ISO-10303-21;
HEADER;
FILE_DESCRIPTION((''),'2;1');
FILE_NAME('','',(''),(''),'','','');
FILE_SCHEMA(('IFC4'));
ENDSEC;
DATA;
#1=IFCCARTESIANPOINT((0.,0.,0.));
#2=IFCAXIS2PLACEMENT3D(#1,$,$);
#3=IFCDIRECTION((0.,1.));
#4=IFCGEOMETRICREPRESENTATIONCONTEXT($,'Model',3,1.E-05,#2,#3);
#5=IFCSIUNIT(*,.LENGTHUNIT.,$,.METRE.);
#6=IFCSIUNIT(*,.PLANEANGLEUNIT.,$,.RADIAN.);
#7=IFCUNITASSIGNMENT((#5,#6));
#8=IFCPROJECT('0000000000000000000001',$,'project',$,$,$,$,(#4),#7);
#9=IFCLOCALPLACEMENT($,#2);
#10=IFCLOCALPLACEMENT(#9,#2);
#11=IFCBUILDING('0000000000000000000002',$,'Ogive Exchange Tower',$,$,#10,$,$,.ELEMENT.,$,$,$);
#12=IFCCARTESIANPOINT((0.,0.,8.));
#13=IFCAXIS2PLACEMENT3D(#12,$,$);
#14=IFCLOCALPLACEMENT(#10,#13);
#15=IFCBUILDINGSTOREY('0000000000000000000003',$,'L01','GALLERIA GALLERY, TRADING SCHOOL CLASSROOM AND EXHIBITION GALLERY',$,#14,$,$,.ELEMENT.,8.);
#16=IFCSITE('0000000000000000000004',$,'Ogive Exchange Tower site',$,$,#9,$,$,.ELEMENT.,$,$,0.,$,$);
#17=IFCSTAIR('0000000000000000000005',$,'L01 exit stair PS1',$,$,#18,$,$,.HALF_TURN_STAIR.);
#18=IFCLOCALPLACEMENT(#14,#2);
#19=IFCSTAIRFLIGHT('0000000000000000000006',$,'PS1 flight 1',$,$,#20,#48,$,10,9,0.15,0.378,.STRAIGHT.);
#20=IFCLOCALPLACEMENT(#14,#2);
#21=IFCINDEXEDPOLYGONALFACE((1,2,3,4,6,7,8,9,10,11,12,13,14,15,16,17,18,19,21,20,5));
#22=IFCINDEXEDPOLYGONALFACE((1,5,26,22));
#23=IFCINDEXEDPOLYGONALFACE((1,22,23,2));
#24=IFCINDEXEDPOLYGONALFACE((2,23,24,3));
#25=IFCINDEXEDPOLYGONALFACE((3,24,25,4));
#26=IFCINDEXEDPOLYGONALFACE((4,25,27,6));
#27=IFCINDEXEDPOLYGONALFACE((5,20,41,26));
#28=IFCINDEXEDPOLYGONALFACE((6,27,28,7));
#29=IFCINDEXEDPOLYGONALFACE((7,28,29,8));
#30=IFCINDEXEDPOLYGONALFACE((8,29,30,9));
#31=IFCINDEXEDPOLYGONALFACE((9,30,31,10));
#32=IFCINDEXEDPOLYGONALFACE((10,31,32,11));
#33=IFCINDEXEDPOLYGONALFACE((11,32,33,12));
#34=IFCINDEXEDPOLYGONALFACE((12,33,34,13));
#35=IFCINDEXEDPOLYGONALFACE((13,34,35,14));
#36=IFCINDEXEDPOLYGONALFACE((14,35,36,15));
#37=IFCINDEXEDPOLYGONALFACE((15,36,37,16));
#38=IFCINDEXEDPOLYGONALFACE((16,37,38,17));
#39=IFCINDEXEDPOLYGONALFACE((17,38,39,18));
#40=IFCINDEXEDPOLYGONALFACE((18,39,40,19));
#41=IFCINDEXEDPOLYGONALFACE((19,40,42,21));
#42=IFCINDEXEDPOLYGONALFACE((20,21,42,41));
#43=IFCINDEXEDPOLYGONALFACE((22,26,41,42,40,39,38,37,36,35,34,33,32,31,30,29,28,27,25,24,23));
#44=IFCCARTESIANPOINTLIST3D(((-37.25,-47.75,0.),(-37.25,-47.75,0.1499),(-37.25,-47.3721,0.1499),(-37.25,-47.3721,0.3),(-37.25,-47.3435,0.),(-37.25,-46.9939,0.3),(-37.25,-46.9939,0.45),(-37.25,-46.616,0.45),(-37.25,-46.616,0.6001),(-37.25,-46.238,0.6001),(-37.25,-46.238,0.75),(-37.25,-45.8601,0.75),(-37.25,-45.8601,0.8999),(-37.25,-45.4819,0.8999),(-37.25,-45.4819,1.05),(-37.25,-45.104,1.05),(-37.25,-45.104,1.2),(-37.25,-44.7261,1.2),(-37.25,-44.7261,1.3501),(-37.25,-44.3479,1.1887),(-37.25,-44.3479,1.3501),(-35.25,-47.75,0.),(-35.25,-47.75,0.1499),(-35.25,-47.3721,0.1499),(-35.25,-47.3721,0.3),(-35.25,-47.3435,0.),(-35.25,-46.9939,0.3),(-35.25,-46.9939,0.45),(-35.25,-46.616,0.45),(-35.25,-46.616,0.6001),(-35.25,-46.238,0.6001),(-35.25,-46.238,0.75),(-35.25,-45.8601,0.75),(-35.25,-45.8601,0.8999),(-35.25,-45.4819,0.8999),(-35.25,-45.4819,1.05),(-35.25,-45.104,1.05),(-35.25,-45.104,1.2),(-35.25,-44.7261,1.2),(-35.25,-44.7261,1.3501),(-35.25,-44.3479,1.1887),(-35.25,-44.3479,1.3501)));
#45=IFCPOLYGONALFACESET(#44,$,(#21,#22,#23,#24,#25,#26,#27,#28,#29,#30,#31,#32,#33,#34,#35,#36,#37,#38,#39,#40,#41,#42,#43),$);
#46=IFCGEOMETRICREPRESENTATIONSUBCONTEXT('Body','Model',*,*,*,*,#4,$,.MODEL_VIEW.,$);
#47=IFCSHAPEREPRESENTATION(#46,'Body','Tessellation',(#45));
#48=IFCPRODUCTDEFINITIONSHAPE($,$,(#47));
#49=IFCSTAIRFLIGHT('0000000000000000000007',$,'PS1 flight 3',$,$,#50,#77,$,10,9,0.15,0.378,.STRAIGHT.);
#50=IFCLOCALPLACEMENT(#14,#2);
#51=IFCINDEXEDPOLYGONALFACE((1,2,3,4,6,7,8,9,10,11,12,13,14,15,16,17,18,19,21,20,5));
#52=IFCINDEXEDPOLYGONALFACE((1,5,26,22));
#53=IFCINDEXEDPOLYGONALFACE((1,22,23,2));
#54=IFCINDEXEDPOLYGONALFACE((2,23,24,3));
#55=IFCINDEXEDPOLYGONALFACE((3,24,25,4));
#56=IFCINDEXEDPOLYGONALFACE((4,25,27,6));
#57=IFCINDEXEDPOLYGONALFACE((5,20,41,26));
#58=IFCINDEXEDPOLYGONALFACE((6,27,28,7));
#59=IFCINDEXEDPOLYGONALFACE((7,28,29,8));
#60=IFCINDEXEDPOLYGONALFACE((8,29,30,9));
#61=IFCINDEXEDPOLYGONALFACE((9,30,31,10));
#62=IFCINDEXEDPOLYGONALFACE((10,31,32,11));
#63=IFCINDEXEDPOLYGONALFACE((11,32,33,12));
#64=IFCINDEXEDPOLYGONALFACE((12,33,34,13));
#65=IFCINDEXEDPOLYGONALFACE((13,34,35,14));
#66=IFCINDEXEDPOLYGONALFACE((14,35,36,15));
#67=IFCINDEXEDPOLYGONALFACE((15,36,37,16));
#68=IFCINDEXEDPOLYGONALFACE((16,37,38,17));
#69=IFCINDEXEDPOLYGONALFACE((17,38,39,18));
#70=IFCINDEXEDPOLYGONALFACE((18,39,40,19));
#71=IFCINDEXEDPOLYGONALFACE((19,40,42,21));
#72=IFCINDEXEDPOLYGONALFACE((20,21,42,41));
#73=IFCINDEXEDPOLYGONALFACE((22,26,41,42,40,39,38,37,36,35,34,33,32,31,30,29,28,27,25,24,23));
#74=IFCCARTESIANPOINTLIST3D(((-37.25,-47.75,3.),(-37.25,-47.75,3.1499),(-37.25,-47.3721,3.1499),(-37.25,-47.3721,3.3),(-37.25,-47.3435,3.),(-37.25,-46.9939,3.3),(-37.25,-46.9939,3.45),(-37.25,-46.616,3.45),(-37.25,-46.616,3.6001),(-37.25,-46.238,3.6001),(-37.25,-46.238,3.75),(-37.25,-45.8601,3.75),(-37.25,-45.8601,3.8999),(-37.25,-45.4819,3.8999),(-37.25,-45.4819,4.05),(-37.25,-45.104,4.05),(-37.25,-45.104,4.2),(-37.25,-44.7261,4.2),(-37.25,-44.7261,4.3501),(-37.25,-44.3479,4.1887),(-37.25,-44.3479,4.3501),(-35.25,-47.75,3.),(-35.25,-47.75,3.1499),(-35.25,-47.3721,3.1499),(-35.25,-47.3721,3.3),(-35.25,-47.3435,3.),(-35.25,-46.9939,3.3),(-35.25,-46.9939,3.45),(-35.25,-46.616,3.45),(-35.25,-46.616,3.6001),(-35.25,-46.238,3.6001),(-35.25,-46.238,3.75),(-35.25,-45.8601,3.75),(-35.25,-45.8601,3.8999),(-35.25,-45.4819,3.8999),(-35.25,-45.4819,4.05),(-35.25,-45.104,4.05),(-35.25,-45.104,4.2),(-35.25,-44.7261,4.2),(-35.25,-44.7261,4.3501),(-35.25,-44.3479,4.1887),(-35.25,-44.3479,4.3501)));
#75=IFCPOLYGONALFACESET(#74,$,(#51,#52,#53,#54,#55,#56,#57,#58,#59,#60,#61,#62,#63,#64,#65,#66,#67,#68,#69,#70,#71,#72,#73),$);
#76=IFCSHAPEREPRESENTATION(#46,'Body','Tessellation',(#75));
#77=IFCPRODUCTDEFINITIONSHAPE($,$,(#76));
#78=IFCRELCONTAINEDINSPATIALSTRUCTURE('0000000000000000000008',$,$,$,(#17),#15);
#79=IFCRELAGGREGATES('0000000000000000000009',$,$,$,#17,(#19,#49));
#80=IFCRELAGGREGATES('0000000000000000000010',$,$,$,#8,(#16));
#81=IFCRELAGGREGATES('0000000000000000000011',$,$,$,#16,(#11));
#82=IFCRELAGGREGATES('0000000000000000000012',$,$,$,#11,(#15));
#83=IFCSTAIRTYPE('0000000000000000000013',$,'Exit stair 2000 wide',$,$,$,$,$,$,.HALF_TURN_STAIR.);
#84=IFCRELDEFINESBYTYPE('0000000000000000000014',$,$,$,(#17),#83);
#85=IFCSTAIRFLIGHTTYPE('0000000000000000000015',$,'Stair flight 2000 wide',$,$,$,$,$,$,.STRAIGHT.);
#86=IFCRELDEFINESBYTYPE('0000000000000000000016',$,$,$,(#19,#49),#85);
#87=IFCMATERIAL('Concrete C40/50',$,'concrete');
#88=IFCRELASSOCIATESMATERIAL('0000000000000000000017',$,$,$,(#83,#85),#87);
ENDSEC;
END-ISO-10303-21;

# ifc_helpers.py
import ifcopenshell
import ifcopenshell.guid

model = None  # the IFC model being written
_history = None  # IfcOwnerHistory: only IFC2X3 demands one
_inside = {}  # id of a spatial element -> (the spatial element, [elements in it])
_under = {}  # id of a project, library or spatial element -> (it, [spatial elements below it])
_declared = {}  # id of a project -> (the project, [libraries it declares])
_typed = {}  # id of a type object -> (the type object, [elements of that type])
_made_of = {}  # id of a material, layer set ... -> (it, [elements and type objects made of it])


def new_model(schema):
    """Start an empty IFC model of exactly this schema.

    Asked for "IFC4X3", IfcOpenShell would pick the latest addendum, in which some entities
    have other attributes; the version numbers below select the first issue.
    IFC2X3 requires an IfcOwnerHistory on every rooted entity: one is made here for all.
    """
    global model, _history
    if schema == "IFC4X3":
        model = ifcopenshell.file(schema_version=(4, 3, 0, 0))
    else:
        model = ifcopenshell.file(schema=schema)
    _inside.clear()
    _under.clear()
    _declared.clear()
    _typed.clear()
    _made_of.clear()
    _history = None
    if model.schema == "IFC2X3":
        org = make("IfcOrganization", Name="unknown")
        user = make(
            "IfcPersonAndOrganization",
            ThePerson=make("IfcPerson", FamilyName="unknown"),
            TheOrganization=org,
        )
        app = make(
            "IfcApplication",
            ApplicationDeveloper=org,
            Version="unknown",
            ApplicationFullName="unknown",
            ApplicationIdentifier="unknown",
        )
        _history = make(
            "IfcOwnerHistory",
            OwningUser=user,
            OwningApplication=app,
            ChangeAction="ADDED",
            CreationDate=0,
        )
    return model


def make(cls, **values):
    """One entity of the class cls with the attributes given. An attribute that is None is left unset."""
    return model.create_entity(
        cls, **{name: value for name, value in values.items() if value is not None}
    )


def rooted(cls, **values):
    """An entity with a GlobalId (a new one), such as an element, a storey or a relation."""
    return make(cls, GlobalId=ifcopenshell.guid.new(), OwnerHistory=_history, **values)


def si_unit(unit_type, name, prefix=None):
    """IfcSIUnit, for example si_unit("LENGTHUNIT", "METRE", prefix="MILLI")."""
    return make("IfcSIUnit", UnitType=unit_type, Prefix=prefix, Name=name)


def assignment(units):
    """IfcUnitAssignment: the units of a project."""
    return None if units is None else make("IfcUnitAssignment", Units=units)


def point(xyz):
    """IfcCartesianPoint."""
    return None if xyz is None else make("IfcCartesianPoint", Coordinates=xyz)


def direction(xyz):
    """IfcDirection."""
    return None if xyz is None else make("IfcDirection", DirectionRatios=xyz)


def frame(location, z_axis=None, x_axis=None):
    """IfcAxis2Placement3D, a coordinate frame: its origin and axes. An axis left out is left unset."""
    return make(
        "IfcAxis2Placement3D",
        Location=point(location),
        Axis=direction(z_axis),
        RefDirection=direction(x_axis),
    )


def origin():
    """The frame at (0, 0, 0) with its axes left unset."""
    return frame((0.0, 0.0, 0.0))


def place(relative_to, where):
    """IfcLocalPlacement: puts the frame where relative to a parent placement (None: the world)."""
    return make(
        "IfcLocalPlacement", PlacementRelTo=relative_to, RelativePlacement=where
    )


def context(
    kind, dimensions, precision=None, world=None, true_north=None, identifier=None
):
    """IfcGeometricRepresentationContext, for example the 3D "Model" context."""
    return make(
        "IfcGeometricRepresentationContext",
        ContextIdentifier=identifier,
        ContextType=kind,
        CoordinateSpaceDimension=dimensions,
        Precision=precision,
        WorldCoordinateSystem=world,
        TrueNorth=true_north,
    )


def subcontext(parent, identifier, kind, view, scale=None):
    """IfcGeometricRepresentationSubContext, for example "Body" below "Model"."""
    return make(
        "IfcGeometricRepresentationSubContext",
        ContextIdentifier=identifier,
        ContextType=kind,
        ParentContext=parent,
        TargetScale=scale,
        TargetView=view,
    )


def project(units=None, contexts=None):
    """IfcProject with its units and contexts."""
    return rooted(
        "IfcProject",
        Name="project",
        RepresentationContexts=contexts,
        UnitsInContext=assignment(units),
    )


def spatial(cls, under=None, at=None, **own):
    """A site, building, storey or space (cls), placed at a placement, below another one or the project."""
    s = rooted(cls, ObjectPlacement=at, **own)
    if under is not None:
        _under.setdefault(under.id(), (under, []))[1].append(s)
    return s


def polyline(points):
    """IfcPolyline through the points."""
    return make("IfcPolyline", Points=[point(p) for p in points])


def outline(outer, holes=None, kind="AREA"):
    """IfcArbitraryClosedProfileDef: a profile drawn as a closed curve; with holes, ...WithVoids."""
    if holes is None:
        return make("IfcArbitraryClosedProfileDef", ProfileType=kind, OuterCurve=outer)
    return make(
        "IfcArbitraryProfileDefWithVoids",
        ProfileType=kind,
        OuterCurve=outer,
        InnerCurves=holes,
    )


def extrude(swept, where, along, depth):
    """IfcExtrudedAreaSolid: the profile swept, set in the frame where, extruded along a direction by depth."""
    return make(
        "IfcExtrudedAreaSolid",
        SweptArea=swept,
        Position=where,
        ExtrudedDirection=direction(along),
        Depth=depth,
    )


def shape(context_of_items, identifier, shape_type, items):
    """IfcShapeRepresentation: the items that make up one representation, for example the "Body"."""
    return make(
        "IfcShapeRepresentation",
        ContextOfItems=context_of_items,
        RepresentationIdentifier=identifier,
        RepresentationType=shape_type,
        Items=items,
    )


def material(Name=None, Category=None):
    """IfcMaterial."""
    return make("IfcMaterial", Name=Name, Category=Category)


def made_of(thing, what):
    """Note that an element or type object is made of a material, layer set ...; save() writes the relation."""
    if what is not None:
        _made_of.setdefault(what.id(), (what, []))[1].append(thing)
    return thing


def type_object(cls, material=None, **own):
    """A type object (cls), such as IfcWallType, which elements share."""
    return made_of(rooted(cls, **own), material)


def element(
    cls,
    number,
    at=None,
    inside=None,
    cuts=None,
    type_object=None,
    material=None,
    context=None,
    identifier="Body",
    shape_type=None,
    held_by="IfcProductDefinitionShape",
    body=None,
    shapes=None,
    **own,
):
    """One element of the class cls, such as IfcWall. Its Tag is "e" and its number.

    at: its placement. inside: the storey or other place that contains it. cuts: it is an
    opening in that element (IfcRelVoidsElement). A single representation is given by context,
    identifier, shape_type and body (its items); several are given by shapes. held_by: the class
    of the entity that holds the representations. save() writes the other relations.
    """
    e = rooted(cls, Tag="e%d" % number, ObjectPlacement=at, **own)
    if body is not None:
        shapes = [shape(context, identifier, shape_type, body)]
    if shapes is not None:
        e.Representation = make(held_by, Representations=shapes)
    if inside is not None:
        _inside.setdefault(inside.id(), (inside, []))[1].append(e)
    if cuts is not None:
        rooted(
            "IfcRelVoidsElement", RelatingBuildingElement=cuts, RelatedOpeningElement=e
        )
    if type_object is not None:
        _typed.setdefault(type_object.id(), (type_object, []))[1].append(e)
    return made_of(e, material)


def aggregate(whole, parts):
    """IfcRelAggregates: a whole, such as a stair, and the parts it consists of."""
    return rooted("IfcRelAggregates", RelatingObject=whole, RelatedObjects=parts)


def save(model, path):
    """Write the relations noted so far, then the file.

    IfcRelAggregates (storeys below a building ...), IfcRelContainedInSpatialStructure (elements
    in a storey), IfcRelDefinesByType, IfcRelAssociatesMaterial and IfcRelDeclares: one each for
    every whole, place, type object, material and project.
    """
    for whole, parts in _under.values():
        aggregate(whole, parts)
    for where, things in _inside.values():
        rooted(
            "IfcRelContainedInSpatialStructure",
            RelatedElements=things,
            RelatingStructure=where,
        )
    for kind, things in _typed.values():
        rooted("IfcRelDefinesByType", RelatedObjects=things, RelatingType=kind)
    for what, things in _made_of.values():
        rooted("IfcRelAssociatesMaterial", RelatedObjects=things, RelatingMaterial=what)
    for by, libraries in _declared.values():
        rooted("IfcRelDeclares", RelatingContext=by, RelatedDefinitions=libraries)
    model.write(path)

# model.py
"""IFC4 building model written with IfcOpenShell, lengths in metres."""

from ifc_helpers import new_model, si_unit, direction, frame, origin, place, context, subcontext, project, spatial, polyline, outline, extrude, material, type_object, element, aggregate, save


model = new_model("IFC4")

# Units and contexts
model_context = context("Model", 3, precision=1e-05, world=origin(), true_north=direction((0.0, 1.0)))
body_context = subcontext(model_context, "Body", "Model", "MODEL_VIEW")
ifc_project = project(units=[si_unit("LENGTHUNIT", "METRE"), si_unit("PLANEANGLEUNIT", "RADIAN")], contexts=[model_context])

# Site, building, storey
site_placement = place(None, origin())
site = spatial("IfcSite", under=ifc_project, at=site_placement, Name="Ogive Exchange Tower site", CompositionType="ELEMENT", RefElevation=0.0)
building_placement = place(site_placement, origin())
building = spatial("IfcBuilding", under=site, at=building_placement, Name="Ogive Exchange Tower", CompositionType="ELEMENT")
storey_placement = place(building_placement, frame((0.0, 0.0, 8.0)))
storey = spatial("IfcBuildingStorey", under=building, at=storey_placement, Name="L01", Description="GALLERIA GALLERY, TRADING SCHOOL CLASSROOM AND EXHIBITION GALLERY", CompositionType="ELEMENT", Elevation=8.0)

# Stair, stair flights
ifc_material_1 = material(Name="Concrete C40/50", Category="concrete")
stair_type = type_object("IfcStairType", Name="Exit stair 2000 wide", PredefinedType="HALF_TURN_STAIR", material=ifc_material_1)
stair_placement = place(storey_placement, origin())
stair = element("IfcStair", 1, at=stair_placement, inside=storey, type_object=stair_type, Name="L01 exit stair PS1", PredefinedType="HALF_TURN_STAIR")
stair_flight_type = type_object("IfcStairFlightType", Name="Stair flight 2000 wide", PredefinedType="STRAIGHT", material=ifc_material_1)
stair_flight_1_placement = place(storey_placement, frame((-36.25, -47.75, 0.0), z_axis=(0.0, 0.0, 1.0), x_axis=(0.0, 1.0, 0.0)))
stair_flight_1 = element("IfcStairFlight", 2, at=stair_flight_1_placement, type_object=stair_flight_type, Name="PS1 flight 1", NumberOfRisers=10, NumberOfTreads=9, PredefinedType="STRAIGHT", RiserHeight=0.15, TreadLength=0.378, context=body_context, shape_type="SweptSolid", body=[
    extrude(outline(polyline([(0.0, 0.0), (0.0, 0.1499), (0.3779, 0.1499), (0.3779, 0.3), (0.7561, 0.3), (0.7561, 0.45), (1.134, 0.45), (1.134, 0.6001), (1.512, 0.6001), (1.512, 0.75), (1.8899, 0.75), (1.8899, 0.8999), (2.2681, 0.8999), (2.2681, 1.05), (2.646, 1.05), (2.646, 1.2), (3.0239, 1.2), (3.0239, 1.3501), (3.4021, 1.3501), (3.4021, 1.5), (3.4021, 1.1887), (0.4065, 0.0), (0.0, 0.0)])), frame((0.0, 1.0, 0.0), z_axis=(0.0, -1.0, 0.0), x_axis=(1.0, 0.0, 0.0)), (0.0, 0.0, 1.0), 2.0),
])
stair_flight_2_placement = place(storey_placement, frame((-36.25, -47.75, 3.0), z_axis=(0.0, 0.0, 1.0), x_axis=(0.0, 1.0, 0.0)))
stair_flight_2 = element("IfcStairFlight", 3, at=stair_flight_2_placement, type_object=stair_flight_type, Name="PS1 flight 3", NumberOfRisers=10, NumberOfTreads=9, PredefinedType="STRAIGHT", RiserHeight=0.15, TreadLength=0.378, context=body_context, shape_type="SweptSolid", body=[
    extrude(outline(polyline([(0.0, 0.0), (0.0, 0.1499), (0.3779, 0.1499), (0.3779, 0.3), (0.7561, 0.3), (0.7561, 0.45), (1.134, 0.45), (1.134, 0.6001), (1.512, 0.6001), (1.512, 0.75), (1.8899, 0.75), (1.8899, 0.8999), (2.2681, 0.8999), (2.2681, 1.05), (2.646, 1.05), (2.646, 1.2), (3.0239, 1.2), (3.0239, 1.3501), (3.4021, 1.3501), (3.4021, 1.5), (3.4021, 1.1887), (0.4065, 0.0), (0.0, 0.0)])), frame((0.0, 1.0, 0.0), z_axis=(0.0, -1.0, 0.0), x_axis=(1.0, 0.0, 0.0)), (0.0, 0.0, 1.0), 2.0),
])
aggregate(stair, [stair_flight_1, stair_flight_2])

save(model, "model.ifc")
